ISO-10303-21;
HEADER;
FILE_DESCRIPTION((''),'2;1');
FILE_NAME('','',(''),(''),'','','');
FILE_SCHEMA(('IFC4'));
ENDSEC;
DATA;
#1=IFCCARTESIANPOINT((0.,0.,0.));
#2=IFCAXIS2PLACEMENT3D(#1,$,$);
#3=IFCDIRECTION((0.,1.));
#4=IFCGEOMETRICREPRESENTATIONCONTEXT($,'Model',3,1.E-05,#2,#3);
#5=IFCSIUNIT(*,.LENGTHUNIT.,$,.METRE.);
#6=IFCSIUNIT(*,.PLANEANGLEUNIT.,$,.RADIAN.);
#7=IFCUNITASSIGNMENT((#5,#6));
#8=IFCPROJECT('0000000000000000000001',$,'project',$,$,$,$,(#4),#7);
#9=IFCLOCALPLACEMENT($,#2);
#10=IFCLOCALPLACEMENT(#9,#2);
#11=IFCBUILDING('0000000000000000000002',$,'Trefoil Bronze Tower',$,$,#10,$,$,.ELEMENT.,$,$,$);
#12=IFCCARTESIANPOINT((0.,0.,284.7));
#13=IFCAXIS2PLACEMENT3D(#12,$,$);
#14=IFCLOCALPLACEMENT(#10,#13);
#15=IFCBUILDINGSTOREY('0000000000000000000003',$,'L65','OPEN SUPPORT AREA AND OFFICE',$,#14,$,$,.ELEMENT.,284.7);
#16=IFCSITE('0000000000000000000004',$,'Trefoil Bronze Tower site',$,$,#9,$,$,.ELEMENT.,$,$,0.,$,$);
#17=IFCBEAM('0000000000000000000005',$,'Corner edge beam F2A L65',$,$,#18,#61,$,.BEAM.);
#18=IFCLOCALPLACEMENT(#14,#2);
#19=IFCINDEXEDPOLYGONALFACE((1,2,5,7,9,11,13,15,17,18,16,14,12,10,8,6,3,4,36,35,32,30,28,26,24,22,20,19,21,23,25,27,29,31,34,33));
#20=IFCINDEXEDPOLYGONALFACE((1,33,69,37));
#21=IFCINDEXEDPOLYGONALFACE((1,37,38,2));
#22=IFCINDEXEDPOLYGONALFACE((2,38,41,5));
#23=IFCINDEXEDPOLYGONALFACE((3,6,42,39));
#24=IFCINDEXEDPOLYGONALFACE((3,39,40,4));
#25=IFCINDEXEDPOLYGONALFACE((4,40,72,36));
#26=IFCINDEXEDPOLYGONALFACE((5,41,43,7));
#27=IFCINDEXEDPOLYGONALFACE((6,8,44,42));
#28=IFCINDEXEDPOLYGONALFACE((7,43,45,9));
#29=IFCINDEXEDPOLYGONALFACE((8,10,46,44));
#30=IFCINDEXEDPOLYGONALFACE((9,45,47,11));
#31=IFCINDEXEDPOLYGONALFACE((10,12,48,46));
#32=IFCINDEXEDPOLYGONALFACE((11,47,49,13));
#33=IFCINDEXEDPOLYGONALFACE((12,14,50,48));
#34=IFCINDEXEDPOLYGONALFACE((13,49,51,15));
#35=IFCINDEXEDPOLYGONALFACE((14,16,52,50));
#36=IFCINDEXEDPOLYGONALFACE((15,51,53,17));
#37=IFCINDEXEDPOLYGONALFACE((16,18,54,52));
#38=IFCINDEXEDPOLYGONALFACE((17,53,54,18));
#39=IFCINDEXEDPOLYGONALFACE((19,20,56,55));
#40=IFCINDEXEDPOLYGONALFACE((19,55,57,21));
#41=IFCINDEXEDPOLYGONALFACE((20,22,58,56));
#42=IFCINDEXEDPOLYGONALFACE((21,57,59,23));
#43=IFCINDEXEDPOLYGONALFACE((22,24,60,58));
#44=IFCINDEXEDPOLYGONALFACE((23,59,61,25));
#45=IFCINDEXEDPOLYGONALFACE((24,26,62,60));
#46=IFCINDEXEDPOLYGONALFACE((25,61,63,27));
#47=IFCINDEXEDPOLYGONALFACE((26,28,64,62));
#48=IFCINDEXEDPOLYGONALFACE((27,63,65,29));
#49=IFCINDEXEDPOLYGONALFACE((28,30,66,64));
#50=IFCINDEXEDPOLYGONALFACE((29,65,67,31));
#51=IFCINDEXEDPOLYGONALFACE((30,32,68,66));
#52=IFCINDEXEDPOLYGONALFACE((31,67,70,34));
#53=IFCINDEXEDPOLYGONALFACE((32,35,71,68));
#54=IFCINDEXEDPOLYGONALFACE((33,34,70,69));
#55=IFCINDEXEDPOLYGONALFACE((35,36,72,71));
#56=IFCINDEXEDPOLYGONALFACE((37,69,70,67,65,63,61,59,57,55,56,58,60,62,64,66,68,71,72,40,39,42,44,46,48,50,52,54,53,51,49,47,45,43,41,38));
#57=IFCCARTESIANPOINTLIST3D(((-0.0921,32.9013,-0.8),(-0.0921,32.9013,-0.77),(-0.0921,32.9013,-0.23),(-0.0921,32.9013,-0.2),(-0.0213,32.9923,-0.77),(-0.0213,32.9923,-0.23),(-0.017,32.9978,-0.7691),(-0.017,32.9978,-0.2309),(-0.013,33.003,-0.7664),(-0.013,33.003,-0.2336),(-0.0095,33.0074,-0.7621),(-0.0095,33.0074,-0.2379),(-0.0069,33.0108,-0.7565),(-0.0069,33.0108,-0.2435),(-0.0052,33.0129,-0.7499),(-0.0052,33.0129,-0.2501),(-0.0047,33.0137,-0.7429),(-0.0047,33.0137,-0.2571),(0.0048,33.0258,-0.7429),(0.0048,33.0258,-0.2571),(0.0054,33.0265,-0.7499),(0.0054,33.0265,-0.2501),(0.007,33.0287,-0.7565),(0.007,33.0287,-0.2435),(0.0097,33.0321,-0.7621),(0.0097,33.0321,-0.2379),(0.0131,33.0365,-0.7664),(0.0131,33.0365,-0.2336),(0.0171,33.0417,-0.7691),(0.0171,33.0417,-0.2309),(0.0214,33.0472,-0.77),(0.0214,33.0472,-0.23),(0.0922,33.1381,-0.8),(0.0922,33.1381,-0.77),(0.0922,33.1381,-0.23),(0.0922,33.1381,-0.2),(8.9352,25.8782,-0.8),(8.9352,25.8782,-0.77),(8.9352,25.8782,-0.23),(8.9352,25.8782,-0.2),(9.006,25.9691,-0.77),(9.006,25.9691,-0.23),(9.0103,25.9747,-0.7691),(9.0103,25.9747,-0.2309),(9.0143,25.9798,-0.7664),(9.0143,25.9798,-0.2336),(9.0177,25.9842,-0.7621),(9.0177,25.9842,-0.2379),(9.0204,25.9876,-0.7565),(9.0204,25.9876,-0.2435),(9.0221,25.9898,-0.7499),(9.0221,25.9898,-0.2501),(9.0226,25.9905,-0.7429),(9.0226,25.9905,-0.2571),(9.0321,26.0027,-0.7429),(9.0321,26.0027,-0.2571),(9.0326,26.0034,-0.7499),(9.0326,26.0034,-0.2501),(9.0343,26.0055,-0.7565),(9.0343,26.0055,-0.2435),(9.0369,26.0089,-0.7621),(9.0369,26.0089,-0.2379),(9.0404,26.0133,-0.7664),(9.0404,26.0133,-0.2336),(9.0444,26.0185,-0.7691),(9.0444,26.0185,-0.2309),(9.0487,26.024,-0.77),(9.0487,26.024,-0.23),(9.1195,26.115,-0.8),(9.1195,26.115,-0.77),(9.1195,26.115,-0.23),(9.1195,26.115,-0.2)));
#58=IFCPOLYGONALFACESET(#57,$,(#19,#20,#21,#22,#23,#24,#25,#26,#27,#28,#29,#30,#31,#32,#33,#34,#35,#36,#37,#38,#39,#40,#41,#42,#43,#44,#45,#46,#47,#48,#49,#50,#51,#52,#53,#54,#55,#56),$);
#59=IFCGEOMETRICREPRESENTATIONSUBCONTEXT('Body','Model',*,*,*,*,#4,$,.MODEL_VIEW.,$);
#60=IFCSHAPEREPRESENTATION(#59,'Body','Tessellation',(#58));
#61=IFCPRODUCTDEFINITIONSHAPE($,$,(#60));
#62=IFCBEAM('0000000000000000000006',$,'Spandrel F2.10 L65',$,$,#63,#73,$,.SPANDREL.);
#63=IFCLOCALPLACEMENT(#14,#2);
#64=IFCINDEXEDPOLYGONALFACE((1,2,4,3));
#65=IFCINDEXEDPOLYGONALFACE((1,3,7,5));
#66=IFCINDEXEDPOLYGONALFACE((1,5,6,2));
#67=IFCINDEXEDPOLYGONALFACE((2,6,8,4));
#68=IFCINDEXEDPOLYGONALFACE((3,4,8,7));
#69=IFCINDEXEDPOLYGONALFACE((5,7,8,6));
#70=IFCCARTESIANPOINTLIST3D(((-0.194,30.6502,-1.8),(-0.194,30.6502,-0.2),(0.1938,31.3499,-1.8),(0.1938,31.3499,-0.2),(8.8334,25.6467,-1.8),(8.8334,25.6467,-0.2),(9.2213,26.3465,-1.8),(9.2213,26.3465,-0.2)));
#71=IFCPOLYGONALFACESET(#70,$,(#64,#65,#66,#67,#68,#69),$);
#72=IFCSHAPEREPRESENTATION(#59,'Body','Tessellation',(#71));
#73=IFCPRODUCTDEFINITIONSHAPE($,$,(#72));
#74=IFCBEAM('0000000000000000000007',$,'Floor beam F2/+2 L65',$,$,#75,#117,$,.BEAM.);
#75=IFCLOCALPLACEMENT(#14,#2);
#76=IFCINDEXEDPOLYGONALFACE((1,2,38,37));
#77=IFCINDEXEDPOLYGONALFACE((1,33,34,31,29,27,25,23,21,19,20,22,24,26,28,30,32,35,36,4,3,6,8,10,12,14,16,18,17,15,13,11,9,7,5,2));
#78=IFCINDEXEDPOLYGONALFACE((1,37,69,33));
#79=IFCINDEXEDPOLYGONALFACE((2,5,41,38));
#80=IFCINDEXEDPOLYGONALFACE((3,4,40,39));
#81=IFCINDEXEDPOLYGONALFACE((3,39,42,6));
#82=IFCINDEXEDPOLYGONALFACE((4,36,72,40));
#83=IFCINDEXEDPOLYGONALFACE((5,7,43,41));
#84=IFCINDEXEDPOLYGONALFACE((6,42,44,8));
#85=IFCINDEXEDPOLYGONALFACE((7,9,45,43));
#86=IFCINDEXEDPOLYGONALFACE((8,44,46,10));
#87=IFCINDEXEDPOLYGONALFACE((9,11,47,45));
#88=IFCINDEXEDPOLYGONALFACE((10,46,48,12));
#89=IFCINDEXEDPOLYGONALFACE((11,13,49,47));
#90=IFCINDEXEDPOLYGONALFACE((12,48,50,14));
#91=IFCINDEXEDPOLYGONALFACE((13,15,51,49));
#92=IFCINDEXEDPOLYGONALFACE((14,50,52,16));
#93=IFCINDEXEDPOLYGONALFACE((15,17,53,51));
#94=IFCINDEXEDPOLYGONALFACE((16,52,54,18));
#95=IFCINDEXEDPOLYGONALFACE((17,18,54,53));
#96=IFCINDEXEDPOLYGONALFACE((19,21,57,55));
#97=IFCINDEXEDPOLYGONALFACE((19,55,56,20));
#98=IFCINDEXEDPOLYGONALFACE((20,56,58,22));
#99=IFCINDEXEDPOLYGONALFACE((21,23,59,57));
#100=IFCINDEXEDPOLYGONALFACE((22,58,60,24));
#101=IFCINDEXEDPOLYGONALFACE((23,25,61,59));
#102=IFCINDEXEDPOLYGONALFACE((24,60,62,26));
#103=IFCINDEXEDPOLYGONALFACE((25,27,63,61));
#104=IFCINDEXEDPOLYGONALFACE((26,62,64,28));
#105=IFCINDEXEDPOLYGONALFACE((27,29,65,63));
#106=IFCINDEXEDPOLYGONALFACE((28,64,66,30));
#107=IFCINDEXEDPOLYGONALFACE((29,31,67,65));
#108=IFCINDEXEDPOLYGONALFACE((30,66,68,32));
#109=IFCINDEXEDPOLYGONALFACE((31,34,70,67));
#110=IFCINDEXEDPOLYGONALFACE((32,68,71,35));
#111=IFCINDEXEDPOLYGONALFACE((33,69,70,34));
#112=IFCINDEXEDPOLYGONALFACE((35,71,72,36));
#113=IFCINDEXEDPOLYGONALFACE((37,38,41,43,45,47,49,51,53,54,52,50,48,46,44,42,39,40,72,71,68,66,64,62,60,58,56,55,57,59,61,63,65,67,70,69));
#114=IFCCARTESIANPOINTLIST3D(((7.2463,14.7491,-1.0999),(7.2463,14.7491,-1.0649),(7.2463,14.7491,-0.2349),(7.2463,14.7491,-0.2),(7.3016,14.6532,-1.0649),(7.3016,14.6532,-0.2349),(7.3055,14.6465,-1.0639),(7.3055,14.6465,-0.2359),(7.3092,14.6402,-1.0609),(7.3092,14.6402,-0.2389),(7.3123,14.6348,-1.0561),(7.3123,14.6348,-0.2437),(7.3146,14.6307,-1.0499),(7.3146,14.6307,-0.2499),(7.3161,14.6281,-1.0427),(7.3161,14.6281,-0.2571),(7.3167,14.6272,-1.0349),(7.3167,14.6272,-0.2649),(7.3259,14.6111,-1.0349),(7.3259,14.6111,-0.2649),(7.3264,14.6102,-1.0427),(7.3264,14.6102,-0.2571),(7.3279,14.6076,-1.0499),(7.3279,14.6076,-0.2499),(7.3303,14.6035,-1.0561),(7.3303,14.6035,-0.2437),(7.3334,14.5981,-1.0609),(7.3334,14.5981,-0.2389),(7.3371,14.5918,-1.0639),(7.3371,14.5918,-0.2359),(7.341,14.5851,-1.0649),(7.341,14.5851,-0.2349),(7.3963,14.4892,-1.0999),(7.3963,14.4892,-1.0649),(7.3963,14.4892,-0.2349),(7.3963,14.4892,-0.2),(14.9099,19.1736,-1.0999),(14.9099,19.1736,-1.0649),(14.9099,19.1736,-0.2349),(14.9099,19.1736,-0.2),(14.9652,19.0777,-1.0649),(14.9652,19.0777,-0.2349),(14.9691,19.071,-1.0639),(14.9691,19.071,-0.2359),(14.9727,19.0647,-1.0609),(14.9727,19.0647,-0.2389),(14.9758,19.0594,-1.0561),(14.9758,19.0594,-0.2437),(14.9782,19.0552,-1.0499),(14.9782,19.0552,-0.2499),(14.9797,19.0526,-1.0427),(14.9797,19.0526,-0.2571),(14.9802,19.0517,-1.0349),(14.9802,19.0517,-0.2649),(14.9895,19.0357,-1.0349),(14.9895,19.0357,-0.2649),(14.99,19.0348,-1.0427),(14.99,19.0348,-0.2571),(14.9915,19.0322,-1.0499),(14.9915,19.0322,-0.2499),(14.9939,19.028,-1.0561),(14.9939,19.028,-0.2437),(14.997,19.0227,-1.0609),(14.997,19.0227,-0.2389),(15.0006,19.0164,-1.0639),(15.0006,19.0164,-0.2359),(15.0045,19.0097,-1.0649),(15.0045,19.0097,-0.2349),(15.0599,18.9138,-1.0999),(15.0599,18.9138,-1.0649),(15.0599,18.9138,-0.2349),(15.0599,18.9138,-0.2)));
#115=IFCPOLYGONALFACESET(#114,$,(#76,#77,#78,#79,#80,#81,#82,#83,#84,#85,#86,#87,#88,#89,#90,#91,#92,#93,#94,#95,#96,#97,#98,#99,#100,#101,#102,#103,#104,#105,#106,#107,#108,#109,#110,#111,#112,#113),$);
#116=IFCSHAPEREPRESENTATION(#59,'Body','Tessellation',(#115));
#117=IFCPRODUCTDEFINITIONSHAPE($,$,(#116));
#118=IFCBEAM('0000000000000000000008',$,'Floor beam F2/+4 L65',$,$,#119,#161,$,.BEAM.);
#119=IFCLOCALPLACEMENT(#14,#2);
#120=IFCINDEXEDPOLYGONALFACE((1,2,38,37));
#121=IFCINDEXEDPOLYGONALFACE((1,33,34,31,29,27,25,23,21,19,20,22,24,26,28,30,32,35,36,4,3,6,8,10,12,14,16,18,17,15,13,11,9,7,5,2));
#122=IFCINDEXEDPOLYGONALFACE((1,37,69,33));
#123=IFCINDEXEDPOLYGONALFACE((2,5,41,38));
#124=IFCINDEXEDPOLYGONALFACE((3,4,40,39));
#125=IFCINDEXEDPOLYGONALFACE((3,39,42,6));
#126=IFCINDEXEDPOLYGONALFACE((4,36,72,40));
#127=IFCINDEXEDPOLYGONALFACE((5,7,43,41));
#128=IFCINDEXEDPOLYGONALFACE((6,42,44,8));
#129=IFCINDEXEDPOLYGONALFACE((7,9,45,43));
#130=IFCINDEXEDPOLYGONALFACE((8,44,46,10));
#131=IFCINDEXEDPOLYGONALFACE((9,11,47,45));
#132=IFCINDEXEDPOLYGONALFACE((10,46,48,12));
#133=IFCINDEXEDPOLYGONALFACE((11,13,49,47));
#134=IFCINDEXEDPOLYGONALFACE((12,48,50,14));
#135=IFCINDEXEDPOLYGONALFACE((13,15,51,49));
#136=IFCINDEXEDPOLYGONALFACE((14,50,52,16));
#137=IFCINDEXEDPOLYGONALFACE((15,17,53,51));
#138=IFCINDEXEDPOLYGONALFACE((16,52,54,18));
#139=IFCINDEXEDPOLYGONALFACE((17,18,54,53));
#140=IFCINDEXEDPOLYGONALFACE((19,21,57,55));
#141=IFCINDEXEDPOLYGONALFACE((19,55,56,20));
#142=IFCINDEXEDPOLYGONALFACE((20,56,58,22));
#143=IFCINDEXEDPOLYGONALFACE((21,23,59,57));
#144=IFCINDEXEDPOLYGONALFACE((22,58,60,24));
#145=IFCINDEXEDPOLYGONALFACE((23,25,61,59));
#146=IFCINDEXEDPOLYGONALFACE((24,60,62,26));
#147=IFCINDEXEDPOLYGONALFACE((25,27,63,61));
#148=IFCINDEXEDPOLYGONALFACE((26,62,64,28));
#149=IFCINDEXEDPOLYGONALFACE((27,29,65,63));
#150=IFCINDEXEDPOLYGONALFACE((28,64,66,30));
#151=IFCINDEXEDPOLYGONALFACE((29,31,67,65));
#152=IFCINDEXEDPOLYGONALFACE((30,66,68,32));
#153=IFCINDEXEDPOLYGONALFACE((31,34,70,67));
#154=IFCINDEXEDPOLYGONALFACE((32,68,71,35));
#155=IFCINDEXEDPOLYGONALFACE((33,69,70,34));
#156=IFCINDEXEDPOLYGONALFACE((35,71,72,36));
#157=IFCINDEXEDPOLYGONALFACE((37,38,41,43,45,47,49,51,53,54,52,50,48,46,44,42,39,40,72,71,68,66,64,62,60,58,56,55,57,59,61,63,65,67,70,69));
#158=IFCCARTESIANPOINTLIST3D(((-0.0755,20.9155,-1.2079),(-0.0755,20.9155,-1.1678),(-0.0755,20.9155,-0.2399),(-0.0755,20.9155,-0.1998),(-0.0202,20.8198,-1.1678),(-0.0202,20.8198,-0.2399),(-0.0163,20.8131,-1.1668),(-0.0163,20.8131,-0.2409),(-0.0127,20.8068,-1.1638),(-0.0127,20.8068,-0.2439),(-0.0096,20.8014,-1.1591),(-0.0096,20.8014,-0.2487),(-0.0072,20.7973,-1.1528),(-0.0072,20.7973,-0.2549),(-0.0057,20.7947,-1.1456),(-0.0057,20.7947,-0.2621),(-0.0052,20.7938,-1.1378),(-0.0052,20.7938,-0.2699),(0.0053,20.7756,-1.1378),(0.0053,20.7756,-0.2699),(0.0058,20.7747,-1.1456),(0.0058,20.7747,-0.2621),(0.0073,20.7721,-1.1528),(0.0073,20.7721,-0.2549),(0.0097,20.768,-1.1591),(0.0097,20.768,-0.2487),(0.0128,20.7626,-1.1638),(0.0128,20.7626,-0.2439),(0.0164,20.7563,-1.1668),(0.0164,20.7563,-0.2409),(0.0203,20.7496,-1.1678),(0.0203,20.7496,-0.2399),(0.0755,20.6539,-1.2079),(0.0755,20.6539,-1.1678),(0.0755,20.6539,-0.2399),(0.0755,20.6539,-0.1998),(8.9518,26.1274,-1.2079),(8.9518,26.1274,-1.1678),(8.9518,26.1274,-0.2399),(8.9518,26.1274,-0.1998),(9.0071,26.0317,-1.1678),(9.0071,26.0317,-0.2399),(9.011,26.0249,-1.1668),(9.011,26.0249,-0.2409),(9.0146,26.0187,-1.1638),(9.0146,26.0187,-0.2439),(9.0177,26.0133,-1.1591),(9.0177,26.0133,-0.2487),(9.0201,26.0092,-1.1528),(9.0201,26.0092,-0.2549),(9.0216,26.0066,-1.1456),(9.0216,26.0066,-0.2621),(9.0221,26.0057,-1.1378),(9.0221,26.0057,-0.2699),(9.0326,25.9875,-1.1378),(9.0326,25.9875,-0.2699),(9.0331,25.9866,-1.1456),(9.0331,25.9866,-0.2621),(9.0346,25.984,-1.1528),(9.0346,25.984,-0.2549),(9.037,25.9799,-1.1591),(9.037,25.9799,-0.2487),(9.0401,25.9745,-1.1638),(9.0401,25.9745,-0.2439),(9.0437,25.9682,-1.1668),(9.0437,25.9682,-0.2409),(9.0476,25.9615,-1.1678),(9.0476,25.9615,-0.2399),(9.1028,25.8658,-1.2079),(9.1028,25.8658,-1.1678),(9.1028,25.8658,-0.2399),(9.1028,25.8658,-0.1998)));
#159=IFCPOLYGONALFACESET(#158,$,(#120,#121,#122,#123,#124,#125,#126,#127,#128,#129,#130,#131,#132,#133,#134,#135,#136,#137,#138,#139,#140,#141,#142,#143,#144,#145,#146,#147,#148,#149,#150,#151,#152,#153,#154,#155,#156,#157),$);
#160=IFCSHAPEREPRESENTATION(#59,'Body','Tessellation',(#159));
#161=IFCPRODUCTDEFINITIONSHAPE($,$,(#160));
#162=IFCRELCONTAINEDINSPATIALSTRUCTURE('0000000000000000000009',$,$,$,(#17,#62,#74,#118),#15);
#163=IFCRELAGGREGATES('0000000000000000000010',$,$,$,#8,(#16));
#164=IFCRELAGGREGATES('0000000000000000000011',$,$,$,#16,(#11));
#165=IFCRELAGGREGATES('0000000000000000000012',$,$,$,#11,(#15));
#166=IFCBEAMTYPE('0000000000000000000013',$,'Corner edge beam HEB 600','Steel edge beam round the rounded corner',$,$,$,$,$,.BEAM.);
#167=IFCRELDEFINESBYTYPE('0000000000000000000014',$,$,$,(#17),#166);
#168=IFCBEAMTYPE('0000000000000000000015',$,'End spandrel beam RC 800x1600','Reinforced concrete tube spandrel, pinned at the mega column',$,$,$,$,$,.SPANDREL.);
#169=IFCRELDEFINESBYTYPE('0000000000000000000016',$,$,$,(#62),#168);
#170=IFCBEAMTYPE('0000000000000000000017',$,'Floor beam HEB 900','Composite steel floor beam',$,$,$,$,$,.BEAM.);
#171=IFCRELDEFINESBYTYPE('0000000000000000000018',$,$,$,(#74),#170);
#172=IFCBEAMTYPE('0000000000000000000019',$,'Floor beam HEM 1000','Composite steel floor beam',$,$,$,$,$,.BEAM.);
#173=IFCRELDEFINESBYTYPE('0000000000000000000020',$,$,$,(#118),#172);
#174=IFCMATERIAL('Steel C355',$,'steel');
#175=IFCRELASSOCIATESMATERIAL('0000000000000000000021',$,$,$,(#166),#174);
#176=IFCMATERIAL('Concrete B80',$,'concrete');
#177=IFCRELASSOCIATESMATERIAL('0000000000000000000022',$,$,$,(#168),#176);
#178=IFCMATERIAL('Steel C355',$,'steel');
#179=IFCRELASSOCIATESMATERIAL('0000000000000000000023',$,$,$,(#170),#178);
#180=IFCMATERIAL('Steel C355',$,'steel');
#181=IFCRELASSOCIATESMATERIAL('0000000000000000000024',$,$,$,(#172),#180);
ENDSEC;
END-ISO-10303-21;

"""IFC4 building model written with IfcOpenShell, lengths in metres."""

from ifc_helpers import new_model, si_unit, direction, frame, origin, origin_2d, place, context, subcontext, project, spatial, rectangle, i_section, extrude, material, material_profile, profile_set, type_object, element, save


model = new_model("IFC4")

# Units and contexts
model_context = context("Model", 3, precision=1e-05, world=origin(), true_north=direction((0.0, 1.0)))
body_context = subcontext(model_context, "Body", "Model", "MODEL_VIEW")
ifc_project = project(units=[si_unit("LENGTHUNIT", "METRE"), si_unit("PLANEANGLEUNIT", "RADIAN")], contexts=[model_context])

# Site, building, storey
site_placement = place(None, origin())
site = spatial("IfcSite", under=ifc_project, at=site_placement, Name="Trefoil Bronze Tower site", CompositionType="ELEMENT", RefElevation=0.0)
building_placement = place(site_placement, origin())
building = spatial("IfcBuilding", under=site, at=building_placement, Name="Trefoil Bronze Tower", CompositionType="ELEMENT")
storey_placement = place(building_placement, frame((0.0, 0.0, 284.7)))
storey = spatial("IfcBuildingStorey", under=building, at=storey_placement, Name="L65", Description="OPEN SUPPORT AREA AND OFFICE", CompositionType="ELEMENT", Elevation=284.7)

# Beams
ifc_material_1 = material(Name="Steel C355", Category="steel")
ifc_material_profile_1 = material_profile(ifc_material_1, i_section(OverallWidth=0.3, OverallDepth=0.6001, WebThickness=0.0154, FlangeThickness=0.03, FilletRadius=0.0271, at=origin_2d()), Name="HEB 600")
ifc_profile_set_1 = profile_set([ifc_material_profile_1], Name="Steel C355")
beam_type_1 = type_object("IfcBeamType", Name="Corner edge beam HEB 600", Description="Steel edge beam round the rounded corner", PredefinedType="BEAM", material=ifc_profile_set_1)
beam_1_placement = place(storey_placement, frame((9.0273, 25.9966, -0.5), z_axis=(-0.789271, 0.614046, 0.0), x_axis=(-0.614046, -0.789271, 0.0)))
element("IfcBeam", 1, at=beam_1_placement, inside=storey, type_object=beam_type_1, Name="Corner edge beam F2A L65", PredefinedType="BEAM", context=body_context, shape_type="SweptSolid", body=[
    extrude(i_section(OverallWidth=0.3, OverallDepth=0.6001, WebThickness=0.0154, FlangeThickness=0.03, FilletRadius=0.0271, at=origin_2d()), origin(), (0.0, 0.0, 1.0), 11.4375),
])
ifc_material_2 = material(Name="Concrete B80", Category="concrete")
ifc_material_profile_2 = material_profile(ifc_material_2, rectangle(XDim=0.8, YDim=1.6001, at=origin_2d()), Name="RC 800x1600")
ifc_profile_set_2 = profile_set([ifc_material_profile_2], Name="Concrete B80")
beam_type_2 = type_object("IfcBeamType", Name="End spandrel beam RC 800x1600", Description="Reinforced concrete tube spandrel, pinned at the mega column", PredefinedType="SPANDREL", material=ifc_profile_set_2)
beam_2_placement = place(storey_placement, frame((9.0273, 25.9966, -1.0), z_axis=(-0.874641, 0.484771, 0.0), x_axis=(-0.484771, -0.874641, 0.0)))
element("IfcBeam", 2, at=beam_2_placement, inside=storey, type_object=beam_type_2, Name="Spandrel F2.10 L65", PredefinedType="SPANDREL", context=body_context, shape_type="SweptSolid", body=[
    extrude(rectangle(XDim=0.8, YDim=1.6001, at=origin_2d()), origin(), (0.0, 0.0, 1.0), 10.3213),
])
ifc_material_3 = material(Name="Steel C355", Category="steel")
ifc_material_profile_3 = material_profile(ifc_material_3, i_section(OverallWidth=0.3, OverallDepth=0.8999, WebThickness=0.0186, FlangeThickness=0.0349, FilletRadius=0.03, at=origin_2d()), Name="HEB 900")
ifc_profile_set_3 = profile_set([ifc_material_profile_3], Name="Steel C355")
beam_type_3 = type_object("IfcBeamType", Name="Floor beam HEB 900", Description="Composite steel floor beam", PredefinedType="BEAM", material=ifc_profile_set_3)
beam_3_placement = place(storey_placement, frame((14.9849, 19.0437, -0.6499), z_axis=(-0.866026, -0.499999, 0.0), x_axis=(0.499999, -0.866026, 0.0)))
element("IfcBeam", 3, at=beam_3_placement, inside=storey, type_object=beam_type_3, Name="Floor beam F2/+2 L65", PredefinedType="BEAM", context=body_context, shape_type="SweptSolid", body=[
    extrude(i_section(OverallWidth=0.3, OverallDepth=0.8999, WebThickness=0.0186, FlangeThickness=0.0349, FilletRadius=0.03, at=origin_2d()), origin(), (0.0, 0.0, 1.0), 8.8491),
])
ifc_material_4 = material(Name="Steel C355", Category="steel")
ifc_material_profile_4 = material_profile(ifc_material_4, i_section(OverallWidth=0.302, OverallDepth=1.0081, WebThickness=0.021, FlangeThickness=0.04, FilletRadius=0.03, at=origin_2d()), Name="HEM 1000")
ifc_profile_set_4 = profile_set([ifc_material_profile_4], Name="Steel C355")
beam_type_4 = type_object("IfcBeamType", Name="Floor beam HEM 1000", Description="Composite steel floor beam", PredefinedType="BEAM", material=ifc_profile_set_4)
beam_4_placement = place(storey_placement, frame((9.0273, 25.9966, -0.7039), z_axis=(-0.866026, -0.499998, 0.0), x_axis=(0.499998, -0.866026, 0.0)))
element("IfcBeam", 4, at=beam_4_placement, inside=storey, type_object=beam_type_4, Name="Floor beam F2/+4 L65", PredefinedType="BEAM", context=body_context, shape_type="SweptSolid", body=[
    extrude(i_section(OverallWidth=0.302, OverallDepth=1.0081, WebThickness=0.021, FlangeThickness=0.04, FilletRadius=0.03, at=origin_2d()), origin(), (0.0, 0.0, 1.0), 10.4238),
])

save(model, "model.ifc")
